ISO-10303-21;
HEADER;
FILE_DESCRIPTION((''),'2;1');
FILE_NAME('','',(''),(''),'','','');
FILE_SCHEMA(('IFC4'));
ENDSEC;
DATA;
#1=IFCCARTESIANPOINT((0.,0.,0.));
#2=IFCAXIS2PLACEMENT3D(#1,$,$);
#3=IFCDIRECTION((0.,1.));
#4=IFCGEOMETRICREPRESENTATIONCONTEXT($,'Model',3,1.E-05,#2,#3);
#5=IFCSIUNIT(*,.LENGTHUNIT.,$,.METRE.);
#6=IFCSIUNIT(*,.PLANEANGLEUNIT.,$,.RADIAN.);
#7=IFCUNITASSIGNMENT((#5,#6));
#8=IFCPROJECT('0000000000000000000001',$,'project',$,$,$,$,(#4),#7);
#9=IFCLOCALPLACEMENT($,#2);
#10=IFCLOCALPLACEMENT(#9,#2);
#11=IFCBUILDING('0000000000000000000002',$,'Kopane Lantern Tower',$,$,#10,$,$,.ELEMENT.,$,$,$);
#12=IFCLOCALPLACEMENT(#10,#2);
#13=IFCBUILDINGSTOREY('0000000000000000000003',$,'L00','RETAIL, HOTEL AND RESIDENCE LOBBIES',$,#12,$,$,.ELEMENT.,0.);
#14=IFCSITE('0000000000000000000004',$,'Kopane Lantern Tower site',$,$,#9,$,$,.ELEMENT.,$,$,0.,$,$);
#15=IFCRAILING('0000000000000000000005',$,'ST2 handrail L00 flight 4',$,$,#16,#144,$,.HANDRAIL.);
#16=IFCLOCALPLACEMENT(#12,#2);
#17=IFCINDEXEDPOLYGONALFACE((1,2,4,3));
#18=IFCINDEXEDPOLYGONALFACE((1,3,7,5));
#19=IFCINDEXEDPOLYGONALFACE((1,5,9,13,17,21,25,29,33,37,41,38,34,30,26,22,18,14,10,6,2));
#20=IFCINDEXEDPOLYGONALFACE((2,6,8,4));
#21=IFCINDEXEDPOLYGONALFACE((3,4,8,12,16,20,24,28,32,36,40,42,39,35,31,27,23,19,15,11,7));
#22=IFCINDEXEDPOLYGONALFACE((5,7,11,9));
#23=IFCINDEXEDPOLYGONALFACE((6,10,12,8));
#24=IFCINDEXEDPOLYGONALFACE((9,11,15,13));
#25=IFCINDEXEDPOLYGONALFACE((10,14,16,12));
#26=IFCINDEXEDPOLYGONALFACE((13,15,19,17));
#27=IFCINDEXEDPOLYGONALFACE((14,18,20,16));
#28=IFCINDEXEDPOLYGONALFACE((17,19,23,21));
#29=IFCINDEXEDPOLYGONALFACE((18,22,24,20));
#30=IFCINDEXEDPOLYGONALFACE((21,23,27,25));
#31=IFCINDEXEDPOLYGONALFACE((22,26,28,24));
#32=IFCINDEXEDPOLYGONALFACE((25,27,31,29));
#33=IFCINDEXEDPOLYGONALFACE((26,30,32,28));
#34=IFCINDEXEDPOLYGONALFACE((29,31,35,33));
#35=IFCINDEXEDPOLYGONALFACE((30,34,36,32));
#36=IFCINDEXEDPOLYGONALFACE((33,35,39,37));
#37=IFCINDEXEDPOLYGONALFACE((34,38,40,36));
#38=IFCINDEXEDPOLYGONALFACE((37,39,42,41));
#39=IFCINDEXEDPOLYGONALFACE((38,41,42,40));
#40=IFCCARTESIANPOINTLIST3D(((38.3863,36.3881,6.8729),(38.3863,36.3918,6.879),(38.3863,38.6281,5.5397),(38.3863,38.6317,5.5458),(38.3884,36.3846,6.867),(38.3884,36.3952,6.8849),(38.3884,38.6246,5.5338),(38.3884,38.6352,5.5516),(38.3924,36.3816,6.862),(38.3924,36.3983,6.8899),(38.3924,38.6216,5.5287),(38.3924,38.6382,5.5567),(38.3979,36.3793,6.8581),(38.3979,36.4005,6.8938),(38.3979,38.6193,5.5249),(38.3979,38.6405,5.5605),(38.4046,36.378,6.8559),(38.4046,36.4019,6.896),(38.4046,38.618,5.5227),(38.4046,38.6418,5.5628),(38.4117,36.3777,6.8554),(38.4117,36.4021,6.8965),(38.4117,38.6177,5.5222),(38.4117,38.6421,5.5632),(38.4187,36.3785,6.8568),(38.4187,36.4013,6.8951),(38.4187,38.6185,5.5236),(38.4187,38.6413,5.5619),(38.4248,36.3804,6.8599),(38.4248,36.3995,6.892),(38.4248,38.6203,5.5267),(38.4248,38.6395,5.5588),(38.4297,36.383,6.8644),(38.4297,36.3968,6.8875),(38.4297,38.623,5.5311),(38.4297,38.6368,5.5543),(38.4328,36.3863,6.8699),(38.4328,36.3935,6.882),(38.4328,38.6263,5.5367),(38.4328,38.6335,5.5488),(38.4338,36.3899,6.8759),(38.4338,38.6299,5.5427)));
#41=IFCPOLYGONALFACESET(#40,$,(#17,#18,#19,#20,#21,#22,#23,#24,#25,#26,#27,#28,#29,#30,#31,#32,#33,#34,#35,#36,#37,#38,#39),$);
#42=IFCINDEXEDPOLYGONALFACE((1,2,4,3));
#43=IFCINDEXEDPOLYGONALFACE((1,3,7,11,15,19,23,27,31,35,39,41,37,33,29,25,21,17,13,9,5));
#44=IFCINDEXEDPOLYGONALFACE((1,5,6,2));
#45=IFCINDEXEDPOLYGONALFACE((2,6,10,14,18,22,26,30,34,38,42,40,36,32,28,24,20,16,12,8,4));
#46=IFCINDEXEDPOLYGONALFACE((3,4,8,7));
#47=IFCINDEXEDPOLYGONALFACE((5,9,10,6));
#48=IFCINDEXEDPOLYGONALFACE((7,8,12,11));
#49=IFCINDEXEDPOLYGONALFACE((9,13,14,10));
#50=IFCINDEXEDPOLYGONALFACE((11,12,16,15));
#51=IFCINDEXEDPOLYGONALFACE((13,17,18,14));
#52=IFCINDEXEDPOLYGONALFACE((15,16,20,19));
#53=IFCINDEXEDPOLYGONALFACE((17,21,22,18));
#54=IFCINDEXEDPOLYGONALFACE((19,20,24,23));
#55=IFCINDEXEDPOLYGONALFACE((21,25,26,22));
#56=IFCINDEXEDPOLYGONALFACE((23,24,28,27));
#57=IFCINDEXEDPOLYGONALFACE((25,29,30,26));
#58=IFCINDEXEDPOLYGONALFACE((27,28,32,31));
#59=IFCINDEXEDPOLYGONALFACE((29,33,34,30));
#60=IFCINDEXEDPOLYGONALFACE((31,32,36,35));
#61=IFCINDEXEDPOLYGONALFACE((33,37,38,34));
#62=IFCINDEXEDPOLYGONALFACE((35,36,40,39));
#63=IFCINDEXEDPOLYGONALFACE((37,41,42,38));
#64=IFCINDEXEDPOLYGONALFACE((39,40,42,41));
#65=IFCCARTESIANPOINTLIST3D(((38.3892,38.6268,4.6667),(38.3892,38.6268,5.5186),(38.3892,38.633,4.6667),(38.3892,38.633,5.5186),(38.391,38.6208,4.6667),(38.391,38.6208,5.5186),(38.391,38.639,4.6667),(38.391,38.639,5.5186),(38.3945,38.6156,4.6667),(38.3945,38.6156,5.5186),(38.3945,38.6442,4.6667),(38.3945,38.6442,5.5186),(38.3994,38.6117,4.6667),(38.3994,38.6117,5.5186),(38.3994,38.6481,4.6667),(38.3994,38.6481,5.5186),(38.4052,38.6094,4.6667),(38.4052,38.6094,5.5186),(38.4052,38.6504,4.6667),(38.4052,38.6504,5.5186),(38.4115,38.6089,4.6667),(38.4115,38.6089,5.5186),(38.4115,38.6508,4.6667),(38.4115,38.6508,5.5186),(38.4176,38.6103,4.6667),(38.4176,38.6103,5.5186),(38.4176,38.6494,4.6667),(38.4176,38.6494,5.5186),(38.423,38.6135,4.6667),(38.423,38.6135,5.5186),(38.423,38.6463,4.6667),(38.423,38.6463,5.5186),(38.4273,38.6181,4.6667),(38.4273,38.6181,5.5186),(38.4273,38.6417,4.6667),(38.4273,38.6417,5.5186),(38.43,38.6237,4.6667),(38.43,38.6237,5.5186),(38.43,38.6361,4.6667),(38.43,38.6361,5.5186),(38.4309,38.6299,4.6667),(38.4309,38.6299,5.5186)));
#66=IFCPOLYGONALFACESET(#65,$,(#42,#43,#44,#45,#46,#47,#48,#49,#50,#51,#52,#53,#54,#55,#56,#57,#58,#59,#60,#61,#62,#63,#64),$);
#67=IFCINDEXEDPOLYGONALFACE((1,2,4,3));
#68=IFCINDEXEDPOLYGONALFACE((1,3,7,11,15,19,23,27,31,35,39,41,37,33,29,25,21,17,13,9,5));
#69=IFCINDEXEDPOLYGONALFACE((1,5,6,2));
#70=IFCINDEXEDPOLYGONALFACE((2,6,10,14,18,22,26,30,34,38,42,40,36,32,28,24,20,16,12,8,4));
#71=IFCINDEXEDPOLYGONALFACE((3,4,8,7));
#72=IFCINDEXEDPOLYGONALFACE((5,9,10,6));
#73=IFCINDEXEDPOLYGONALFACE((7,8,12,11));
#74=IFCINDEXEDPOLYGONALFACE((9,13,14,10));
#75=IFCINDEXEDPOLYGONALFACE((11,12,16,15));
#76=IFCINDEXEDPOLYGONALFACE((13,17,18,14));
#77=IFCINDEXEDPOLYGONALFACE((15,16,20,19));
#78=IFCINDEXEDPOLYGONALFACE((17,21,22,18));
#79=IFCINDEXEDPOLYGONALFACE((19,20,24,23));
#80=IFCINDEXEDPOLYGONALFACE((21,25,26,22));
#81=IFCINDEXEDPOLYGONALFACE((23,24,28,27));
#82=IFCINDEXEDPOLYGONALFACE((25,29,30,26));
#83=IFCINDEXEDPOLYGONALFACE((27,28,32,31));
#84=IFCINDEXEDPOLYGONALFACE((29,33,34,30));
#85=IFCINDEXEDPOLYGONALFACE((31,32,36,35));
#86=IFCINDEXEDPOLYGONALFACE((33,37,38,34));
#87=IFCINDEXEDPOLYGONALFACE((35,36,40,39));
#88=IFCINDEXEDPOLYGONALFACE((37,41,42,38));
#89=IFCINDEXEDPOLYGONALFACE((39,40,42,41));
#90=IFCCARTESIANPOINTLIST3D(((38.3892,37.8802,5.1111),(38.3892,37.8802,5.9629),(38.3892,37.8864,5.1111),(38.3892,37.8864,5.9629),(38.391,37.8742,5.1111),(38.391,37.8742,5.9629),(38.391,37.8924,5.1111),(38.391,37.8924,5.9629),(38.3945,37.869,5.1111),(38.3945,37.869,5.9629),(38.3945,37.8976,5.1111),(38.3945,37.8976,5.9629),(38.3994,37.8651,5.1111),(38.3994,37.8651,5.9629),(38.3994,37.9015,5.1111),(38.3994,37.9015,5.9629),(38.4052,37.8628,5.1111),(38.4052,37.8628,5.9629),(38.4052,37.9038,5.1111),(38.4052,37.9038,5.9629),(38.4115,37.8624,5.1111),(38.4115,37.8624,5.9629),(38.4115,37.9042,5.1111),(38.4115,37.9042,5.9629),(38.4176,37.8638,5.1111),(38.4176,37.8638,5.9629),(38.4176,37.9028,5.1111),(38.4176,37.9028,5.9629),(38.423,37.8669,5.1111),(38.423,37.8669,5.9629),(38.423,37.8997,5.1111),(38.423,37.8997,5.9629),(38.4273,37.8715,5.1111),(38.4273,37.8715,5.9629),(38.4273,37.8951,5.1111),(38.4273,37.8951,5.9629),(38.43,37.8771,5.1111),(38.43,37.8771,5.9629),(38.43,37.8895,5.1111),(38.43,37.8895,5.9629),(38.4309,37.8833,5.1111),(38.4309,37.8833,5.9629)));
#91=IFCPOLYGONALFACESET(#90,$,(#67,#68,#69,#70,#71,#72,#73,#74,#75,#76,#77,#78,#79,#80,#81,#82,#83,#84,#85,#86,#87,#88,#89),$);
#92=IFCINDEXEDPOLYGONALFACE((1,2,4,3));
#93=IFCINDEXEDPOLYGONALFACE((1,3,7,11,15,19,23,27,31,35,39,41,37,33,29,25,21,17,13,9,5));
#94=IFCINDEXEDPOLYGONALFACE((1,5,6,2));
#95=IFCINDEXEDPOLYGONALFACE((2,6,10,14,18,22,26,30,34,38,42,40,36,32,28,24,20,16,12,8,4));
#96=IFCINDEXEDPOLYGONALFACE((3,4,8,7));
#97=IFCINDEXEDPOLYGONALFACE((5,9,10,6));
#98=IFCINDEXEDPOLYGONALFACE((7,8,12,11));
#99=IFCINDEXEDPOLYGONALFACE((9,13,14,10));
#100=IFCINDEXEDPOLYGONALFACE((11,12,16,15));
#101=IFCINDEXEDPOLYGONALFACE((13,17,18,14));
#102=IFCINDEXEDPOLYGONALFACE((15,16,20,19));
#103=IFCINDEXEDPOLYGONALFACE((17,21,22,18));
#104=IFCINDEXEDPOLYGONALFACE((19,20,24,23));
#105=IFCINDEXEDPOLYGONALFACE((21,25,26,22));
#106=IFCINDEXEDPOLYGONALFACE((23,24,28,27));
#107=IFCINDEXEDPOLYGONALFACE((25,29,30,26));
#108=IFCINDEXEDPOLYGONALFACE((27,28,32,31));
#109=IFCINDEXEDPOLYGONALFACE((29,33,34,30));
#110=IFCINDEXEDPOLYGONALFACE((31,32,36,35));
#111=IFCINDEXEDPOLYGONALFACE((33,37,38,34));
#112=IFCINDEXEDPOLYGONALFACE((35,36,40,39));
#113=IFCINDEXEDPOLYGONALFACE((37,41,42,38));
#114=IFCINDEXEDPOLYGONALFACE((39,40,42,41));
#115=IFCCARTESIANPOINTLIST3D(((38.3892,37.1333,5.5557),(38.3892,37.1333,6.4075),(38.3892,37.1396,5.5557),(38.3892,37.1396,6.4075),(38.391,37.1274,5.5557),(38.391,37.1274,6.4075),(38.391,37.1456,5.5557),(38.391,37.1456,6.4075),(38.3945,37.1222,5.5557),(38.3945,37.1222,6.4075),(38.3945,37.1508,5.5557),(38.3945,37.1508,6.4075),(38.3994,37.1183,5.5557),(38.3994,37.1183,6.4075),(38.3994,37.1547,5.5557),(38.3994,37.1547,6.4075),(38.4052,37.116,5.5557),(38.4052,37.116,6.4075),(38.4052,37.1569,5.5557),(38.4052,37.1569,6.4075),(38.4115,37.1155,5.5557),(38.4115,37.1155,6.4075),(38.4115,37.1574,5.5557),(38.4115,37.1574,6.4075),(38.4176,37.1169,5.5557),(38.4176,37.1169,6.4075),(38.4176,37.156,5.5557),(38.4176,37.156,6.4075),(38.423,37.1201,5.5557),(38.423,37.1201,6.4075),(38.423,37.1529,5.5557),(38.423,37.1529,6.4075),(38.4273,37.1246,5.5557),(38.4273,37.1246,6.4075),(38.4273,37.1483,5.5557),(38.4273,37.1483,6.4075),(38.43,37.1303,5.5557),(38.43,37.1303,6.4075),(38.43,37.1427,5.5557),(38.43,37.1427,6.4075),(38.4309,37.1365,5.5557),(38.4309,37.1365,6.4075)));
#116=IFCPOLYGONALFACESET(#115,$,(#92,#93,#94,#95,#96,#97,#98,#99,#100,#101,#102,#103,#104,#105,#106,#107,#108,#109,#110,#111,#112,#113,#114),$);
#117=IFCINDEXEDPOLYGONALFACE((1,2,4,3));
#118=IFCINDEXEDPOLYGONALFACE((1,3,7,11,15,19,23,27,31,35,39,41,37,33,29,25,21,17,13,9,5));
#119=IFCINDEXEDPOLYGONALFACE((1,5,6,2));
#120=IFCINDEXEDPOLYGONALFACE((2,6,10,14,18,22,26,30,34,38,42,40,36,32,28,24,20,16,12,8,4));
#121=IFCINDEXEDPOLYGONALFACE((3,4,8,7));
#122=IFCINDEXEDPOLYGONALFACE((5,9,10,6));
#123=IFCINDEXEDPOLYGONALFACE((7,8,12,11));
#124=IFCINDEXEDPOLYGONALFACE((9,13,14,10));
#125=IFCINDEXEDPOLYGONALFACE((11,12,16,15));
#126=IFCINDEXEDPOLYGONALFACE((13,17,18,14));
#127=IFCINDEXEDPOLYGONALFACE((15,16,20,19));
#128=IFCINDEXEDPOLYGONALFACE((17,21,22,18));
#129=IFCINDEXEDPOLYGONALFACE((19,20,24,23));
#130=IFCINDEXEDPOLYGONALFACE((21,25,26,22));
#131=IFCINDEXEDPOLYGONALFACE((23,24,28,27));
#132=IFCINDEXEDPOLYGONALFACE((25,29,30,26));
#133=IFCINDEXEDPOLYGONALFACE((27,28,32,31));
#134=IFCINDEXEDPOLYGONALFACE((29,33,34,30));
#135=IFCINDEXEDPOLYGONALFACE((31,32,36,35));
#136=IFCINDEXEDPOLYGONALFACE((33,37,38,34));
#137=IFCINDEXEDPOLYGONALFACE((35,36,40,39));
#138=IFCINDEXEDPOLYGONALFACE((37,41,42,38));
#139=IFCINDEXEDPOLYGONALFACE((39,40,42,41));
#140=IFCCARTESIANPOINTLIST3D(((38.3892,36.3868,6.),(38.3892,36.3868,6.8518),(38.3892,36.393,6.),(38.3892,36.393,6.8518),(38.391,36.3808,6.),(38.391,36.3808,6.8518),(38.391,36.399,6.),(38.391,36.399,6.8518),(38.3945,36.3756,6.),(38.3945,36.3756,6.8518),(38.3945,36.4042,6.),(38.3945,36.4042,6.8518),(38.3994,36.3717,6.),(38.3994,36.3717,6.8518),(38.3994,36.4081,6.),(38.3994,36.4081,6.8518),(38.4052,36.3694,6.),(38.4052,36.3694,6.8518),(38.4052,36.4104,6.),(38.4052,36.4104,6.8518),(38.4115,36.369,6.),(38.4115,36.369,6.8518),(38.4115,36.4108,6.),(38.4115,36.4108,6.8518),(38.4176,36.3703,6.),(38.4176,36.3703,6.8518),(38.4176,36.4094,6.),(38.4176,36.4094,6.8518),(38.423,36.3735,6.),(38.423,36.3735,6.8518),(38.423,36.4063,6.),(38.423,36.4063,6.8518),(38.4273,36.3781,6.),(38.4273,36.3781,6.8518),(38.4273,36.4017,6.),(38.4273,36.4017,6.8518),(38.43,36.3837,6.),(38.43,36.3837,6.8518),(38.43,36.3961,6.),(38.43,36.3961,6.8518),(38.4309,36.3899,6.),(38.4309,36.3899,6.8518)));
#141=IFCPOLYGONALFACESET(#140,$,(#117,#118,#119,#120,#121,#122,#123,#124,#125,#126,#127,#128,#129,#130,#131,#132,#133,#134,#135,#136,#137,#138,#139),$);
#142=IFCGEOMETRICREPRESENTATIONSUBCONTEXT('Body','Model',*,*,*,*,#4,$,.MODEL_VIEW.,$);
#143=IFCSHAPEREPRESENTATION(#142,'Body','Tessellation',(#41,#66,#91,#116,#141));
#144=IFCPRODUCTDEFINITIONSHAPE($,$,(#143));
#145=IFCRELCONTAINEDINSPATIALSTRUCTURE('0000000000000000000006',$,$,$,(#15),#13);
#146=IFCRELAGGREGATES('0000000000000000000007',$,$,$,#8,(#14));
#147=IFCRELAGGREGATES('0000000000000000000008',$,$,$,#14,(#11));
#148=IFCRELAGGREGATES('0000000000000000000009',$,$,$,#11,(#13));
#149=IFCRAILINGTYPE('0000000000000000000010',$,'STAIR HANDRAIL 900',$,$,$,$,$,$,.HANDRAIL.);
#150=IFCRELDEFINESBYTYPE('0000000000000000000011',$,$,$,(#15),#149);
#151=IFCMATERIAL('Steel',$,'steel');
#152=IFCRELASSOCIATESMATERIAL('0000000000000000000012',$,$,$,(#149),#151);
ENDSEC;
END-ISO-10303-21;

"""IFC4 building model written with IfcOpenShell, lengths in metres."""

from ifc_helpers import new_model, si_unit, direction, frame, origin, origin_2d, place, context, subcontext, project, spatial, circle, extrude, material, type_object, element, save


model = new_model("IFC4")

# Units and contexts
model_context = context("Model", 3, precision=1e-05, world=origin(), true_north=direction((0.0, 1.0)))
body_context = subcontext(model_context, "Body", "Model", "MODEL_VIEW")
ifc_project = project(units=[si_unit("LENGTHUNIT", "METRE"), si_unit("PLANEANGLEUNIT", "RADIAN")], contexts=[model_context])

# Site, building, storey
site_placement = place(None, origin())
site = spatial("IfcSite", under=ifc_project, at=site_placement, Name="Kopane Lantern Tower site", CompositionType="ELEMENT", RefElevation=0.0)
building_placement = place(site_placement, origin())
building = spatial("IfcBuilding", under=site, at=building_placement, Name="Kopane Lantern Tower", CompositionType="ELEMENT")
storey_placement = place(building_placement, origin())
storey = spatial("IfcBuildingStorey", under=building, at=storey_placement, Name="L00", Description="RETAIL, HOTEL AND RESIDENCE LOBBIES", CompositionType="ELEMENT", Elevation=0.0)

# Railing
ifc_material_1 = material(Name="Steel", Category="steel")
railing_type = type_object("IfcRailingType", Name="STAIR HANDRAIL 900", PredefinedType="HANDRAIL", material=ifc_material_1)
for number, where, name in (
    (1, (38.4099, 38.6299, 4.6667), "ST2 handrail L00 flight 4"),
):
    element("IfcRailing", number, at=place(storey_placement, frame(where)), inside=storey, type_object=railing_type, Name=name, PredefinedType="HANDRAIL", context=body_context, shape_type="SweptSolid", body=[
        extrude(circle(Radius=0.0239, at=origin_2d()), frame((0.0, 0.0, 0.876), z_axis=(0.0, -0.859306, 0.511462), x_axis=(1.0, 0.0, 0.0)), (0.0, 0.0, 1.0), 2.6067),
        extrude(circle(Radius=0.021, at=origin_2d()), origin(), (0.0, 0.0, 1.0), 0.8518),
        extrude(circle(Radius=0.021, at=origin_2d()), frame((0.0, -0.7466, 0.4443)), (0.0, 0.0, 1.0), 0.8518),
        extrude(circle(Radius=0.021, at=origin_2d()), frame((0.0, -1.4934, 0.8889)), (0.0, 0.0, 1.0), 0.8518),
        extrude(circle(Radius=0.021, at=origin_2d()), frame((0.0, -2.24, 1.3333)), (0.0, 0.0, 1.0), 0.8518),
    ])

save(model, "model.ifc")
